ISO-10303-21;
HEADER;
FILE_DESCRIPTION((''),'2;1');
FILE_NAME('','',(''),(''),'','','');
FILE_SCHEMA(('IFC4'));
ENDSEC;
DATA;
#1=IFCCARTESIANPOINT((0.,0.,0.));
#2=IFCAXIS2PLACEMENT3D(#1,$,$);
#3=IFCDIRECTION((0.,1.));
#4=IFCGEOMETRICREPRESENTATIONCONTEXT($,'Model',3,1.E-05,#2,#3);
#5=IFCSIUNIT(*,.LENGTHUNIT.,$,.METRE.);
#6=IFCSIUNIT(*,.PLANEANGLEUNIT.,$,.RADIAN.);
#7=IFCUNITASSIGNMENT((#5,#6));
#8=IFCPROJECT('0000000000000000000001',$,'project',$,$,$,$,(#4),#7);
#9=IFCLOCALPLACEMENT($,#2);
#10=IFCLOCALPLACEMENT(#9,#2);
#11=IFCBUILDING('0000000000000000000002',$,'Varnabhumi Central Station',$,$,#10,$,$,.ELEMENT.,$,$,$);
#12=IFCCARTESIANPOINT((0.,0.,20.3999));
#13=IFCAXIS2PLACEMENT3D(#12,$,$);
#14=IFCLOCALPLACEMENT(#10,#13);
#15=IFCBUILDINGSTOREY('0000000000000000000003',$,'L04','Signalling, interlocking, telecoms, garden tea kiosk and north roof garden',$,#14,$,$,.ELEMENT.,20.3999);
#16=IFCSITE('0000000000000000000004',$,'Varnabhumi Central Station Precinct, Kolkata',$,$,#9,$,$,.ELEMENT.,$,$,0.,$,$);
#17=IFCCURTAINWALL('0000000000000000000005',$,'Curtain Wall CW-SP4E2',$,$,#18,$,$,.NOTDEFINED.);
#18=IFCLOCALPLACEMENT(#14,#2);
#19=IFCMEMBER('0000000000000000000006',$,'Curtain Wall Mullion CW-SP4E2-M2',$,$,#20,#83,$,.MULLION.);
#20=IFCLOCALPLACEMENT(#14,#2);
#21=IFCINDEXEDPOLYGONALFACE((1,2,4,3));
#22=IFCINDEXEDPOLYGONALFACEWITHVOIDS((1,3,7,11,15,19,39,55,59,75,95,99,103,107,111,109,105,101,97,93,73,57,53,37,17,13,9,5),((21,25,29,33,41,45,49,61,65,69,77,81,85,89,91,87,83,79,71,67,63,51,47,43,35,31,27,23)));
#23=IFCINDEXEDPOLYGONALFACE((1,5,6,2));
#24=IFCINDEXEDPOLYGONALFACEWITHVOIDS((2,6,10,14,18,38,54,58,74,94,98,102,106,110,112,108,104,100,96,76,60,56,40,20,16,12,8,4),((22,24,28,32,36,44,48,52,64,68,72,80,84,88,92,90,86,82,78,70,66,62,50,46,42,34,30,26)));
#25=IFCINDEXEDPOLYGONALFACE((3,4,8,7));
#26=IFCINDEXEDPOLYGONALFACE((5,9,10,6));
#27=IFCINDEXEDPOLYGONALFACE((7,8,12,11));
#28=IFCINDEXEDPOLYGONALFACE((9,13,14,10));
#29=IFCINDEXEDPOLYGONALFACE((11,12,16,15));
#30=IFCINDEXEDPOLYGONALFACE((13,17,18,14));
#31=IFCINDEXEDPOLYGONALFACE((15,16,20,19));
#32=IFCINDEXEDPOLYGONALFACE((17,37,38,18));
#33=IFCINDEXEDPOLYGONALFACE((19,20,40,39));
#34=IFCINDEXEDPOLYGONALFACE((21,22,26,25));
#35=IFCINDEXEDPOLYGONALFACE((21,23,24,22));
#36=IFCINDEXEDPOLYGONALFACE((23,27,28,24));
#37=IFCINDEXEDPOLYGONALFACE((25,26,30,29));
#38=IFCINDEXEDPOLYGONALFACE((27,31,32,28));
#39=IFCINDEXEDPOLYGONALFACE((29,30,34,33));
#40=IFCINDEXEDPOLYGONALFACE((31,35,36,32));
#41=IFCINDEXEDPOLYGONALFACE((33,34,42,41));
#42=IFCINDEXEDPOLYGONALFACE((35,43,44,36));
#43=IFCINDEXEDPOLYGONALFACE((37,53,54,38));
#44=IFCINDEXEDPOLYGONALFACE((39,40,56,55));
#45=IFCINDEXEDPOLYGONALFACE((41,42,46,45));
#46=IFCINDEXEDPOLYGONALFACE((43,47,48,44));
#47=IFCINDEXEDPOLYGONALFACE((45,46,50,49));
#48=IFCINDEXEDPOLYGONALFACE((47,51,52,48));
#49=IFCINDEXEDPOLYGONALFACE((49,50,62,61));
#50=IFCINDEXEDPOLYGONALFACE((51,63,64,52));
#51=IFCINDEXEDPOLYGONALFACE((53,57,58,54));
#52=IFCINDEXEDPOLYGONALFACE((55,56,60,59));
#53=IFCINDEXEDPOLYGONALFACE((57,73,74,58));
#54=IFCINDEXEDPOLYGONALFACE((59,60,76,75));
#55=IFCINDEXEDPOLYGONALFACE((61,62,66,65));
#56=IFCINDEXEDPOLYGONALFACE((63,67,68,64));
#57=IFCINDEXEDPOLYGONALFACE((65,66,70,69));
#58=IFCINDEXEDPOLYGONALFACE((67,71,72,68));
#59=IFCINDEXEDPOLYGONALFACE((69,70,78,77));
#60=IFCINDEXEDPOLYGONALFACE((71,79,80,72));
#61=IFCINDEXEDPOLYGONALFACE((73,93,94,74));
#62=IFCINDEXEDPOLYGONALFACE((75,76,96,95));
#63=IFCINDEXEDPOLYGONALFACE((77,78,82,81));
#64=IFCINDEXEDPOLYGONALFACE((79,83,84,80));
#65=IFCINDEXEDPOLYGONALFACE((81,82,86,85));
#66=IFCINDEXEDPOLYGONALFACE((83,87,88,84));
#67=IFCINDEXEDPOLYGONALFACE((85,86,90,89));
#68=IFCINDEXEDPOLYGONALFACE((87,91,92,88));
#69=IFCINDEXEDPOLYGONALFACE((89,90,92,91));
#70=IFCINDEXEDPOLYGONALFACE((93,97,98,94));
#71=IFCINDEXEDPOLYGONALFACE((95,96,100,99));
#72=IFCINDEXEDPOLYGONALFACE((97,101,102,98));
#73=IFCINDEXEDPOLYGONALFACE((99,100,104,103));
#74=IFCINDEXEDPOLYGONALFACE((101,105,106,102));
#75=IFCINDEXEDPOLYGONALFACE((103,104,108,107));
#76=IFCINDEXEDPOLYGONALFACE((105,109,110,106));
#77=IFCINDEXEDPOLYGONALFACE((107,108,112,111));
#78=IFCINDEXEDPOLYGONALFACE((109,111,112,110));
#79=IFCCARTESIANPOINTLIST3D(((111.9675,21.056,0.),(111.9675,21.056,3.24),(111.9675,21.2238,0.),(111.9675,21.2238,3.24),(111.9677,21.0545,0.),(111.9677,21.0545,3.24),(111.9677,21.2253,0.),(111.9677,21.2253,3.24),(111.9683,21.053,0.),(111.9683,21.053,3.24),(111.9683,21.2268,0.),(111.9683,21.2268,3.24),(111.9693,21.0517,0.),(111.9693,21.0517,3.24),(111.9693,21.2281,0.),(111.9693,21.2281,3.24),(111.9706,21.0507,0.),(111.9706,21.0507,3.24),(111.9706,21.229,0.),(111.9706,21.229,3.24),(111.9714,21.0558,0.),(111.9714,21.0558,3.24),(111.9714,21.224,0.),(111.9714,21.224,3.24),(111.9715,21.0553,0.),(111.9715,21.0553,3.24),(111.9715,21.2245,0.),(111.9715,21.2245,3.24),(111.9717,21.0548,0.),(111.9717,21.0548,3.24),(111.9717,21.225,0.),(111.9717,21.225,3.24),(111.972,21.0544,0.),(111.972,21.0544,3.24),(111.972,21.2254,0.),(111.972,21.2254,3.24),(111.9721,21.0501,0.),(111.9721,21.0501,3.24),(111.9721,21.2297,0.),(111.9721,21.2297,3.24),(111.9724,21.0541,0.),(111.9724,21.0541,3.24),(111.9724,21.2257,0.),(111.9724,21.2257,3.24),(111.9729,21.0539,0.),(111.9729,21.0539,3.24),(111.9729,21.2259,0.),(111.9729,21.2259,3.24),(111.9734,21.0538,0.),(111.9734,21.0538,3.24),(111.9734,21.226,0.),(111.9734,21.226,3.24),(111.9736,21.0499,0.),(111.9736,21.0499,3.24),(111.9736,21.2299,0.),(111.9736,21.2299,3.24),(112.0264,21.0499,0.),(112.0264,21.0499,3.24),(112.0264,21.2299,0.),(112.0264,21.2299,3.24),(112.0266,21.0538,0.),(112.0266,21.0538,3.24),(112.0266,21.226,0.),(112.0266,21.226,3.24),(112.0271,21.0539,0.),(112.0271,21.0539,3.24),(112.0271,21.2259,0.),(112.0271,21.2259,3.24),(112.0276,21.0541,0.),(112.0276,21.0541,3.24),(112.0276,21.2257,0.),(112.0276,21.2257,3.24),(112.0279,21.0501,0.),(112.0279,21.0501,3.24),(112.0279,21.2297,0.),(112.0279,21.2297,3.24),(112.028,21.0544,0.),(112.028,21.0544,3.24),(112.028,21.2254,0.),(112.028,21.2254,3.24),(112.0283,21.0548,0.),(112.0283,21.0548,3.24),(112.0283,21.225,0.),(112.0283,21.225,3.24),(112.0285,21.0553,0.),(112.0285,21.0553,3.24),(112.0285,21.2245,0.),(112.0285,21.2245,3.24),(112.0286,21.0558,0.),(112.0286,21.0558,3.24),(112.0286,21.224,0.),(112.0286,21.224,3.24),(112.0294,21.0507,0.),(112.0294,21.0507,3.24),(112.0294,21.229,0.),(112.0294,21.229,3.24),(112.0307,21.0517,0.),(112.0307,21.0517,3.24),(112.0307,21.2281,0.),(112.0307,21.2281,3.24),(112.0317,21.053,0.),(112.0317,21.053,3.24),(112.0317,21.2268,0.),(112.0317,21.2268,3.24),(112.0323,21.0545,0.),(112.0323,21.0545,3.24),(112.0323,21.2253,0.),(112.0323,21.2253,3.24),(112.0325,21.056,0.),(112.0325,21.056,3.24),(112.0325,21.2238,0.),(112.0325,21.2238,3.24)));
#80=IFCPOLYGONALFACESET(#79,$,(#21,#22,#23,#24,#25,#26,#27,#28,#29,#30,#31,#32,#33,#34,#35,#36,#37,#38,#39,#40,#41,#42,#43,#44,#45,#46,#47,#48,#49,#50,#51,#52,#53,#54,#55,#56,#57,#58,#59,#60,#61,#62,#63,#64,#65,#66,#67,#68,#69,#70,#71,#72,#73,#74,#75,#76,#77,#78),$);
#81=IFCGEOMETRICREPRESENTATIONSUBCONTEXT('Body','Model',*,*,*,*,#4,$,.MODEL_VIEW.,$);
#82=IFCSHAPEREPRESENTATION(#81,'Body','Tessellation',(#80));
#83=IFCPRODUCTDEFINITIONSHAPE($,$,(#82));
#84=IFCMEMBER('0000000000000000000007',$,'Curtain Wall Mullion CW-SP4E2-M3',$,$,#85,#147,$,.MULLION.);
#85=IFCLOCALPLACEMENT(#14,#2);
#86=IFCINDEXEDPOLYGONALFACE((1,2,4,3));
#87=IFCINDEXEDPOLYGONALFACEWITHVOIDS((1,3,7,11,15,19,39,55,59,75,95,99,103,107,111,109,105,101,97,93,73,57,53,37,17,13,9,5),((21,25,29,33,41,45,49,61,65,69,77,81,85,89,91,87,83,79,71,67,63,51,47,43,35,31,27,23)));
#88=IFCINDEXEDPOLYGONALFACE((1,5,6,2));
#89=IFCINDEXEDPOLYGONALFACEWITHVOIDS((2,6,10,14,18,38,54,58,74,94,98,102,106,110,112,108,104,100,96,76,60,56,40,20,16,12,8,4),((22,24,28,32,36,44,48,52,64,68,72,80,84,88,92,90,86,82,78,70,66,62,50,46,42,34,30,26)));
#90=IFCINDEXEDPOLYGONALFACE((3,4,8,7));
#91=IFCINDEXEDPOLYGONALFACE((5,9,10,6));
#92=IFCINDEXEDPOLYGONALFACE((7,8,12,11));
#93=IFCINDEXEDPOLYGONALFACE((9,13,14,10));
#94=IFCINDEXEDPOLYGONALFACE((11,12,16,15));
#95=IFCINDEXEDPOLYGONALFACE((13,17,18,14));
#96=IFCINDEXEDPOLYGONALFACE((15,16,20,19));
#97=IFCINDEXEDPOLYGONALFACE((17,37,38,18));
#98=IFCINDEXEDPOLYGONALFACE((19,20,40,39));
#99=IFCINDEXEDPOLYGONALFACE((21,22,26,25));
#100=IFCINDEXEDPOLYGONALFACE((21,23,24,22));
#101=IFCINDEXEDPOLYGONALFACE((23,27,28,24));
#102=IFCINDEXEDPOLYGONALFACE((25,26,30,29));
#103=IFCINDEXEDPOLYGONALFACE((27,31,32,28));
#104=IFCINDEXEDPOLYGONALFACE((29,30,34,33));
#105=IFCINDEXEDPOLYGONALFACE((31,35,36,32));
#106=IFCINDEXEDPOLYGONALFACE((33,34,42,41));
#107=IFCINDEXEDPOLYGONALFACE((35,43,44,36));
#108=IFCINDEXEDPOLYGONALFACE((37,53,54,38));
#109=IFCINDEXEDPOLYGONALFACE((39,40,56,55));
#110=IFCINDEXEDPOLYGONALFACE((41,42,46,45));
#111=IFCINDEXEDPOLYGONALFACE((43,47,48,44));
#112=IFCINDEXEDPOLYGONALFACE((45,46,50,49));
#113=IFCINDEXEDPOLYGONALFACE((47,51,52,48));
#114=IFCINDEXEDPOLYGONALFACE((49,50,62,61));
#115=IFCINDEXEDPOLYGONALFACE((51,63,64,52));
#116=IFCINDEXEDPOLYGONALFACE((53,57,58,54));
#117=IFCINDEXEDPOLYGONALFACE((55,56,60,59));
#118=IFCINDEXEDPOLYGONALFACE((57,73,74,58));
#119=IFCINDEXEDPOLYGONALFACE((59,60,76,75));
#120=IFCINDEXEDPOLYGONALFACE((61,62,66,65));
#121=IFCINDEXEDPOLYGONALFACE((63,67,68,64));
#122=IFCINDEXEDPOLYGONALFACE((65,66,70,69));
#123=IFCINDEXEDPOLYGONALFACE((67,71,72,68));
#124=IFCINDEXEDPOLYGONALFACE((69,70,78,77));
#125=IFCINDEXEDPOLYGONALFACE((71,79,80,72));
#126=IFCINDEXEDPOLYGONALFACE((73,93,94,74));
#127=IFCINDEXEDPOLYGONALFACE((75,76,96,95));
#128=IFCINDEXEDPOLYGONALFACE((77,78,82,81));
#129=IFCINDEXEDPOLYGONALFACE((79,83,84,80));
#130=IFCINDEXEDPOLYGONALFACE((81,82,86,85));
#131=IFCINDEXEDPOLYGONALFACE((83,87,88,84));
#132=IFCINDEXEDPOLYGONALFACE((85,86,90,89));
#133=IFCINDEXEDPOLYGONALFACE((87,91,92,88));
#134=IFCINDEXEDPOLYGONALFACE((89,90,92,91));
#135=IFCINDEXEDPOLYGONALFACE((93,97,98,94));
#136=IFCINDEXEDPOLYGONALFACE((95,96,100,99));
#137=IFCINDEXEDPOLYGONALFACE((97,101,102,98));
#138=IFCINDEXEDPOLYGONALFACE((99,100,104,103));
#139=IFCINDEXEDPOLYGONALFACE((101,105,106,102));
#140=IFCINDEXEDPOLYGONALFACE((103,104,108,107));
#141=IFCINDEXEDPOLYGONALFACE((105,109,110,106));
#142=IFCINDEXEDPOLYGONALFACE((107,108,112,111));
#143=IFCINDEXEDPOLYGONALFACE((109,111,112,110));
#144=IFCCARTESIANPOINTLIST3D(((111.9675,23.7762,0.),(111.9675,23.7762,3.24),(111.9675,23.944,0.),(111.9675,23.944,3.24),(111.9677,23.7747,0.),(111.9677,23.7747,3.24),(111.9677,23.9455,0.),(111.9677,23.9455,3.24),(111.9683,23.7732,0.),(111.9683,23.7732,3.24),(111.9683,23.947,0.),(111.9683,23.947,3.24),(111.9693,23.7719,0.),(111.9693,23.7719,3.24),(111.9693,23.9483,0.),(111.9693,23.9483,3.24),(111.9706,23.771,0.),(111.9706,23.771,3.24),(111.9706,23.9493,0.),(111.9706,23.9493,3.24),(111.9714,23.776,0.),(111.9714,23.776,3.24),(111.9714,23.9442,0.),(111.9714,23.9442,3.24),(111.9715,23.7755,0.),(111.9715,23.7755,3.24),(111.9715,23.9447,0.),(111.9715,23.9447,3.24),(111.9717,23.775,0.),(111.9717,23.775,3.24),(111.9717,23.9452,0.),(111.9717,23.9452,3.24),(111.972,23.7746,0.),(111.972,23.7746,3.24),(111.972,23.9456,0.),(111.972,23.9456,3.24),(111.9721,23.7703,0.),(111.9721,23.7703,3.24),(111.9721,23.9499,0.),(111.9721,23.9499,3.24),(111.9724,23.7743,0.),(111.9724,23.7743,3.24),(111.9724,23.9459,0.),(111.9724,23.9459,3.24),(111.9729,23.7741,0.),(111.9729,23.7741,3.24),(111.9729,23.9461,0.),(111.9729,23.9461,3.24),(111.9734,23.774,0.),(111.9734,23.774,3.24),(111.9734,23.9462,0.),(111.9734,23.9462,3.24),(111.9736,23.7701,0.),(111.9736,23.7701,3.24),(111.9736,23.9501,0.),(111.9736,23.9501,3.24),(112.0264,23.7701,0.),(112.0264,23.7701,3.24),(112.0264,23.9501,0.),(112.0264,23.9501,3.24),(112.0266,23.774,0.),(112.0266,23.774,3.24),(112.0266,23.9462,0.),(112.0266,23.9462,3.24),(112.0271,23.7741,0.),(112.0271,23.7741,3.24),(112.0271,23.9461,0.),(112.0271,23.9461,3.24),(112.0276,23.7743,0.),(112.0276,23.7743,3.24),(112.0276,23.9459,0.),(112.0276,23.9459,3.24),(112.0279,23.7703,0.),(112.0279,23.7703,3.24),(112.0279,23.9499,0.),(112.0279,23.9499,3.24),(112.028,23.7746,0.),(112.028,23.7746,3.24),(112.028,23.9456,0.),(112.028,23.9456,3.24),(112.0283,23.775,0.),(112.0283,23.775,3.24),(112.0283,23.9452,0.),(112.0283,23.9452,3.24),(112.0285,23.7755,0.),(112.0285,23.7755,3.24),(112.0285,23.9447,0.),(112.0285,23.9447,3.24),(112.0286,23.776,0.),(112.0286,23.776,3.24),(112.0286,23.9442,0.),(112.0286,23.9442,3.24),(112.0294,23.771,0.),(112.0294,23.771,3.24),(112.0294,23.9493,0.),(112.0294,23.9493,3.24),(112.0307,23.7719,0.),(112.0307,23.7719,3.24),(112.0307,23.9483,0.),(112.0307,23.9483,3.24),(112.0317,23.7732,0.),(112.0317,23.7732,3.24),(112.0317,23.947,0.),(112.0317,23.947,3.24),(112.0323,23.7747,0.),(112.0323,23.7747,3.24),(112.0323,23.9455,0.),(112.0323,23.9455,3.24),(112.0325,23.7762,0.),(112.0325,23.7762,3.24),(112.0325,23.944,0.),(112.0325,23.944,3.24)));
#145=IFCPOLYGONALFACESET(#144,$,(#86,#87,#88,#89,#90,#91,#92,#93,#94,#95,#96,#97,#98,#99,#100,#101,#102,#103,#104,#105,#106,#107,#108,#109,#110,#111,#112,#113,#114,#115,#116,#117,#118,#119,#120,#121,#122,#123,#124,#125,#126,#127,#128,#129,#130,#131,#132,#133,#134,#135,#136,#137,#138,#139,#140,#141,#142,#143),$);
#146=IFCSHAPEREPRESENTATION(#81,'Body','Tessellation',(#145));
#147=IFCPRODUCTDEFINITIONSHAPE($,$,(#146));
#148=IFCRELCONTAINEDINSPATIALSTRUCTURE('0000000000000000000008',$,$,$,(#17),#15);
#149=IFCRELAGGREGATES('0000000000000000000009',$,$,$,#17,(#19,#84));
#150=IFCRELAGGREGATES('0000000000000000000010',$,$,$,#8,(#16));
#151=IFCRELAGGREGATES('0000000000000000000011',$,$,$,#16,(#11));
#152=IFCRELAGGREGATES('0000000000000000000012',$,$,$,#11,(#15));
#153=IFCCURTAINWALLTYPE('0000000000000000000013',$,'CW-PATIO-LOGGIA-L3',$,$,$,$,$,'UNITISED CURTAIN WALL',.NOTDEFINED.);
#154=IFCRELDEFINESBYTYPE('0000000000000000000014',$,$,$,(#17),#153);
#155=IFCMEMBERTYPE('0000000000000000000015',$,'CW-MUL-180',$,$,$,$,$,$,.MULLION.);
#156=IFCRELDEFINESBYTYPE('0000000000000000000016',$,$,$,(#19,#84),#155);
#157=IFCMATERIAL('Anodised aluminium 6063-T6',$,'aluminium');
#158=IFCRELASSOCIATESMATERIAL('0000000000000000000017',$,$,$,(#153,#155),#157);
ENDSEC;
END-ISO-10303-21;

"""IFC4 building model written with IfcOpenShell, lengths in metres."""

from ifc_helpers import new_model, si_unit, direction, frame, origin, origin_2d, place, context, subcontext, project, spatial, hollow_rectangle, extrude, material, material_profile, profile_set, type_object, element, aggregate, save


model = new_model("IFC4")

# Units and contexts
model_context = context("Model", 3, precision=1e-05, world=origin(), true_north=direction((0.0, 1.0)))
body_context = subcontext(model_context, "Body", "Model", "MODEL_VIEW")
ifc_project = project(units=[si_unit("LENGTHUNIT", "METRE"), si_unit("PLANEANGLEUNIT", "RADIAN")], contexts=[model_context])

# Site, building, storey
site_placement = place(None, origin())
site = spatial("IfcSite", under=ifc_project, at=site_placement, Name="Varnabhumi Central Station Precinct, Kolkata", CompositionType="ELEMENT", RefElevation=0.0)
building_placement = place(site_placement, origin())
building = spatial("IfcBuilding", under=site, at=building_placement, Name="Varnabhumi Central Station", CompositionType="ELEMENT")
storey_placement = place(building_placement, frame((0.0, 0.0, 20.3999)))
storey = spatial("IfcBuildingStorey", under=building, at=storey_placement, Name="L04", Description="Signalling, interlocking, telecoms, garden tea kiosk and north roof garden", CompositionType="ELEMENT", Elevation=20.3999)

# Curtain wall, members
ifc_material_1 = material(Name="Anodised aluminium 6063-T6", Category="aluminium")
curtain_wall_type = type_object("IfcCurtainWallType", Name="CW-PATIO-LOGGIA-L3", ElementType="UNITISED CURTAIN WALL", PredefinedType="NOTDEFINED", material=ifc_material_1)
curtain_wall_1_placement = place(storey_placement, origin())
curtain_wall_1 = element("IfcCurtainWall", 1, at=curtain_wall_1_placement, inside=storey, type_object=curtain_wall_type, Name="Curtain Wall CW-SP4E2", PredefinedType="NOTDEFINED")
ifc_material_profile_1 = material_profile(ifc_material_1, hollow_rectangle(XDim=0.0649, YDim=0.1799, WallThickness=0.0039, InnerFilletRadius=0.002, OuterFilletRadius=0.0061, at=origin_2d()), Name="Anodised aluminium 6063-T6", Category="aluminium")
ifc_profile_set_1 = profile_set([ifc_material_profile_1], Name="Anodised aluminium 6063-T6")
member_type_1 = type_object("IfcMemberType", Name="CW-MUL-180", PredefinedType="MULLION", material=ifc_profile_set_1)
member_1_placement = place(storey_placement, frame((112.0, 21.1399, 0.0), z_axis=(0.0, 0.0, 1.0), x_axis=(1.0, 0.0, 0.0)))
member_1 = element("IfcMember", 2, at=member_1_placement, type_object=member_type_1, Name="Curtain Wall Mullion CW-SP4E2-M2", PredefinedType="MULLION", context=body_context, shape_type="SweptSolid", body=[
    extrude(hollow_rectangle(XDim=0.0649, YDim=0.1799, WallThickness=0.0039, InnerFilletRadius=0.002, OuterFilletRadius=0.0061, at=origin_2d()), origin(), (0.0, 0.0, 1.0), 3.24),
])
member_2_placement = place(storey_placement, frame((112.0, 23.8601, 0.0), z_axis=(0.0, 0.0, 1.0), x_axis=(1.0, 0.0, 0.0)))
member_2 = element("IfcMember", 3, at=member_2_placement, type_object=member_type_1, Name="Curtain Wall Mullion CW-SP4E2-M3", PredefinedType="MULLION", context=body_context, shape_type="SweptSolid", body=[
    extrude(hollow_rectangle(XDim=0.0649, YDim=0.1799, WallThickness=0.0039, InnerFilletRadius=0.002, OuterFilletRadius=0.0061, at=origin_2d()), origin(), (0.0, 0.0, 1.0), 3.24),
])

aggregate(curtain_wall_1, [member_1, member_2])

save(model, "model.ifc")
